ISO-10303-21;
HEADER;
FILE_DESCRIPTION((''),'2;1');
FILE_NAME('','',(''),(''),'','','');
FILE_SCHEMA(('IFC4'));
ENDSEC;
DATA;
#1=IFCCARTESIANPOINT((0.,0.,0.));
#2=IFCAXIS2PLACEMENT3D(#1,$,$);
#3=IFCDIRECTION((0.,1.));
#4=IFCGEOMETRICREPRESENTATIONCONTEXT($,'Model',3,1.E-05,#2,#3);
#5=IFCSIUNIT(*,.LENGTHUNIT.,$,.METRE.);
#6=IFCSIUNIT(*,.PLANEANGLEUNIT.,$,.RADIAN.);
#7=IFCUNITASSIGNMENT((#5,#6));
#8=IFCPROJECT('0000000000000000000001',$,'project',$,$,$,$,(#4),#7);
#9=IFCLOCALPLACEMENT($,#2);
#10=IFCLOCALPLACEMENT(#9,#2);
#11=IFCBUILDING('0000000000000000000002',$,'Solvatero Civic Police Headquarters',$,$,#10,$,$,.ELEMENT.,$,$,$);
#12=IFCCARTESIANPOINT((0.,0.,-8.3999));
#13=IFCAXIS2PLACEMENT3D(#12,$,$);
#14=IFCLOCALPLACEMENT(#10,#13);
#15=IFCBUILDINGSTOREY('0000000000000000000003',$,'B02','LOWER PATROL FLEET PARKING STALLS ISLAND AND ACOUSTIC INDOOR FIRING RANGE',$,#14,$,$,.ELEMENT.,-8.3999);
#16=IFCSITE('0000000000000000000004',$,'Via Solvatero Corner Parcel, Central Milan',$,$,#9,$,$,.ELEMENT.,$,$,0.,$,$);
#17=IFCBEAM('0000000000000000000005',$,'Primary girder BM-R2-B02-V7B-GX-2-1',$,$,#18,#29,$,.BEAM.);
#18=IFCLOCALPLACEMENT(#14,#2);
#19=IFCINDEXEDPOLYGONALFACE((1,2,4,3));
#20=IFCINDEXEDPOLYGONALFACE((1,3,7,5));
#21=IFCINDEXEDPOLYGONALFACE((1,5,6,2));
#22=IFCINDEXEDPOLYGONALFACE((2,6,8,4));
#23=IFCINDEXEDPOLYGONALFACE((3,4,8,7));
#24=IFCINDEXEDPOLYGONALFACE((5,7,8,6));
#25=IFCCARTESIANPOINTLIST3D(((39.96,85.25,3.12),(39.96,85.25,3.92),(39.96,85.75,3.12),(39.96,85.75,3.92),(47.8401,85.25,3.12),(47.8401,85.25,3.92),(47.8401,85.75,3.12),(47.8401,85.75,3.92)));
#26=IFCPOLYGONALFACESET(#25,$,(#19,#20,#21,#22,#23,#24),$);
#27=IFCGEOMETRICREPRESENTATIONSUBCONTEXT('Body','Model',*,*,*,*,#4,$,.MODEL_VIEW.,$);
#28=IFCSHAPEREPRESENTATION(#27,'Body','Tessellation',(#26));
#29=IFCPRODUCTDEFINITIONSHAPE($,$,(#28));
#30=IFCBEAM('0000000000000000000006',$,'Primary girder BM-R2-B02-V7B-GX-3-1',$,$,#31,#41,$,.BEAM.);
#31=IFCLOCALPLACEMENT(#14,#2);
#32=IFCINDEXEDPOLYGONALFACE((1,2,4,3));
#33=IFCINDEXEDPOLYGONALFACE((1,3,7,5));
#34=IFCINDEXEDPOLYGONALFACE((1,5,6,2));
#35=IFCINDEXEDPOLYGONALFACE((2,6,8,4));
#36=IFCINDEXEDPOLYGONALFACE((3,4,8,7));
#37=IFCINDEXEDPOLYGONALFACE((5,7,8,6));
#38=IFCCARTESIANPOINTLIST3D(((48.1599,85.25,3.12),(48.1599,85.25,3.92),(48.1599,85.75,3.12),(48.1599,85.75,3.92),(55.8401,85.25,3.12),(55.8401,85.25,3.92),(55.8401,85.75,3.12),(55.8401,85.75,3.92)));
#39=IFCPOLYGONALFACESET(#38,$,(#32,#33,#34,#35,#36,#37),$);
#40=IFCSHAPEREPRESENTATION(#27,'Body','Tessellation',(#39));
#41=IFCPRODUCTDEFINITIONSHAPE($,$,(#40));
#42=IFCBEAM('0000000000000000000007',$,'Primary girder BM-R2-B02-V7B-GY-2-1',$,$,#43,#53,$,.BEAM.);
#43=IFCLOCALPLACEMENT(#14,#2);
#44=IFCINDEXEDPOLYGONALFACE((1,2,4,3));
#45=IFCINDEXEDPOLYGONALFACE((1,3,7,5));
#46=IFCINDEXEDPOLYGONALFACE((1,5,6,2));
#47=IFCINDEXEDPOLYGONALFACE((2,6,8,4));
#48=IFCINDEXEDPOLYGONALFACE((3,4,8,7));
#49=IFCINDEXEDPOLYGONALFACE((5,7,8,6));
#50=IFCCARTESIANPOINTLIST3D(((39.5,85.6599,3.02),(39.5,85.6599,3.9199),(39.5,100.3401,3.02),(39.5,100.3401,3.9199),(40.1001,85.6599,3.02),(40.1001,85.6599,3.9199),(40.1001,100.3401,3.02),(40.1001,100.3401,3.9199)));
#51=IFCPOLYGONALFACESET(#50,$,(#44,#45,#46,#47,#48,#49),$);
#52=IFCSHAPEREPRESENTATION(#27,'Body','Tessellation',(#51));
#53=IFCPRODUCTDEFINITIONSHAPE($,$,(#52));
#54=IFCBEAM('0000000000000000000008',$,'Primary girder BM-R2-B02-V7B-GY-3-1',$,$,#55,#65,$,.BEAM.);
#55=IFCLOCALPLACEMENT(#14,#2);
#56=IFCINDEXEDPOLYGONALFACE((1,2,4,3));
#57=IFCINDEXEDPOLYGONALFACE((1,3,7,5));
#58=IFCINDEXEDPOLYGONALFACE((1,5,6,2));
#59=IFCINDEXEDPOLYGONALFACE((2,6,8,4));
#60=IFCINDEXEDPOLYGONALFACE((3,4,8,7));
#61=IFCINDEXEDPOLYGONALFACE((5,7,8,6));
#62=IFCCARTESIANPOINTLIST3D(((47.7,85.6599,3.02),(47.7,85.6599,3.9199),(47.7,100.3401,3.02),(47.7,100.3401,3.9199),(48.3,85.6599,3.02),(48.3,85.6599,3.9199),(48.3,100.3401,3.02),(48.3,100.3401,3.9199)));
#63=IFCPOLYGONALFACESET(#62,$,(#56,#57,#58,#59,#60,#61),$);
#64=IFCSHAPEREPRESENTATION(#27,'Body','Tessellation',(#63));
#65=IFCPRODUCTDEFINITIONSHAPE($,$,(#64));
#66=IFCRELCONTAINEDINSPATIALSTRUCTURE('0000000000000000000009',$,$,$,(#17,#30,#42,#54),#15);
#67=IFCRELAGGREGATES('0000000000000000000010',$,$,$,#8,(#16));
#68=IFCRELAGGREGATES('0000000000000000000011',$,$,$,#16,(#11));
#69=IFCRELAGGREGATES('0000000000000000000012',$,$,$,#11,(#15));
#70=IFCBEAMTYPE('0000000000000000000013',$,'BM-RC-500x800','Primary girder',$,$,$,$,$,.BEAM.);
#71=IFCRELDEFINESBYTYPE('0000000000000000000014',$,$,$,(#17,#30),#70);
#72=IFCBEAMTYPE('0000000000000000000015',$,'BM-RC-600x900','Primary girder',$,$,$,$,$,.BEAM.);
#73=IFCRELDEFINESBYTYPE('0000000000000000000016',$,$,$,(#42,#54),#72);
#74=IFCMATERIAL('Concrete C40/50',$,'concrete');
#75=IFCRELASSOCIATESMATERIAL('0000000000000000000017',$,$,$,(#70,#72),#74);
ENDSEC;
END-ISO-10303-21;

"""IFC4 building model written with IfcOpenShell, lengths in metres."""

from ifc_helpers import new_model, si_unit, direction, frame, origin, origin_2d, place, context, subcontext, project, spatial, rectangle, extrude, material, material_profile, profile_set, type_object, element, save


model = new_model("IFC4")

# Units and contexts
model_context = context("Model", 3, precision=1e-05, world=origin(), true_north=direction((0.0, 1.0)))
body_context = subcontext(model_context, "Body", "Model", "MODEL_VIEW")
ifc_project = project(units=[si_unit("LENGTHUNIT", "METRE"), si_unit("PLANEANGLEUNIT", "RADIAN")], contexts=[model_context])

# Site, building, storey
site_placement = place(None, origin())
site = spatial("IfcSite", under=ifc_project, at=site_placement, Name="Via Solvatero Corner Parcel, Central Milan", CompositionType="ELEMENT", RefElevation=0.0)
building_placement = place(site_placement, origin())
building = spatial("IfcBuilding", under=site, at=building_placement, Name="Solvatero Civic Police Headquarters", CompositionType="ELEMENT")
storey_placement = place(building_placement, frame((0.0, 0.0, -8.3999)))
storey = spatial("IfcBuildingStorey", under=building, at=storey_placement, Name="B02", Description="LOWER PATROL FLEET PARKING STALLS ISLAND AND ACOUSTIC INDOOR FIRING RANGE", CompositionType="ELEMENT", Elevation=-8.3999)

# Shared definitions
ifc_material_1 = material(Name="Concrete C40/50", Category="concrete")

# Beams
ifc_material_profile_1 = material_profile(ifc_material_1, rectangle(XDim=0.5, YDim=0.8, at=origin_2d()), Name="RC 500x800")
ifc_profile_set_1 = profile_set([ifc_material_profile_1], Name="Concrete C40/50")
beam_type_1 = type_object("IfcBeamType", Name="BM-RC-500x800", Description="Primary girder", PredefinedType="BEAM", material=ifc_profile_set_1)
beam_1_placement = place(storey_placement, frame((39.96, 85.5, 3.52), z_axis=(1.0, 0.0, 0.0), x_axis=(0.0, 1.0, 0.0)))
element("IfcBeam", 1, at=beam_1_placement, inside=storey, type_object=beam_type_1, Name="Primary girder BM-R2-B02-V7B-GX-2-1", PredefinedType="BEAM", context=body_context, shape_type="SweptSolid", body=[
    extrude(rectangle(XDim=0.5, YDim=0.8, at=origin_2d()), origin(), (0.0, 0.0, 1.0), 7.8801),
])
beam_2_placement = place(storey_placement, frame((48.1599, 85.5, 3.52), z_axis=(1.0, 0.0, 0.0), x_axis=(0.0, 1.0, 0.0)))
element("IfcBeam", 2, at=beam_2_placement, inside=storey, type_object=beam_type_1, Name="Primary girder BM-R2-B02-V7B-GX-3-1", PredefinedType="BEAM", context=body_context, shape_type="SweptSolid", body=[
    extrude(rectangle(XDim=0.5, YDim=0.8, at=origin_2d()), origin(), (0.0, 0.0, 1.0), 7.6802),
])
ifc_material_profile_2 = material_profile(ifc_material_1, rectangle(XDim=0.6001, YDim=0.8999, at=origin_2d()), Name="RC 600x900")
ifc_profile_set_2 = profile_set([ifc_material_profile_2], Name="Concrete C40/50")
beam_type_2 = type_object("IfcBeamType", Name="BM-RC-600x900", Description="Primary girder", PredefinedType="BEAM", material=ifc_profile_set_2)
for number, where, z_axis, x_axis, name in (
    (3, (39.8, 85.6599, 3.47), (0.0, 1.0, 0.0), (-1.0, 0.0, 0.0), "Primary girder BM-R2-B02-V7B-GY-2-1"),
    (4, (48.0, 85.6599, 3.47), (0.0, 1.0, 0.0), (-1.0, 0.0, 0.0), "Primary girder BM-R2-B02-V7B-GY-3-1"),
):
    element("IfcBeam", number, at=place(storey_placement, frame(where, z_axis=z_axis, x_axis=x_axis)), inside=storey, type_object=beam_type_2, Name=name, PredefinedType="BEAM", context=body_context, shape_type="SweptSolid", body=[
        extrude(rectangle(XDim=0.6001, YDim=0.8999, at=origin_2d()), origin(), (0.0, 0.0, 1.0), 14.6802),
    ])

save(model, "model.ifc")
